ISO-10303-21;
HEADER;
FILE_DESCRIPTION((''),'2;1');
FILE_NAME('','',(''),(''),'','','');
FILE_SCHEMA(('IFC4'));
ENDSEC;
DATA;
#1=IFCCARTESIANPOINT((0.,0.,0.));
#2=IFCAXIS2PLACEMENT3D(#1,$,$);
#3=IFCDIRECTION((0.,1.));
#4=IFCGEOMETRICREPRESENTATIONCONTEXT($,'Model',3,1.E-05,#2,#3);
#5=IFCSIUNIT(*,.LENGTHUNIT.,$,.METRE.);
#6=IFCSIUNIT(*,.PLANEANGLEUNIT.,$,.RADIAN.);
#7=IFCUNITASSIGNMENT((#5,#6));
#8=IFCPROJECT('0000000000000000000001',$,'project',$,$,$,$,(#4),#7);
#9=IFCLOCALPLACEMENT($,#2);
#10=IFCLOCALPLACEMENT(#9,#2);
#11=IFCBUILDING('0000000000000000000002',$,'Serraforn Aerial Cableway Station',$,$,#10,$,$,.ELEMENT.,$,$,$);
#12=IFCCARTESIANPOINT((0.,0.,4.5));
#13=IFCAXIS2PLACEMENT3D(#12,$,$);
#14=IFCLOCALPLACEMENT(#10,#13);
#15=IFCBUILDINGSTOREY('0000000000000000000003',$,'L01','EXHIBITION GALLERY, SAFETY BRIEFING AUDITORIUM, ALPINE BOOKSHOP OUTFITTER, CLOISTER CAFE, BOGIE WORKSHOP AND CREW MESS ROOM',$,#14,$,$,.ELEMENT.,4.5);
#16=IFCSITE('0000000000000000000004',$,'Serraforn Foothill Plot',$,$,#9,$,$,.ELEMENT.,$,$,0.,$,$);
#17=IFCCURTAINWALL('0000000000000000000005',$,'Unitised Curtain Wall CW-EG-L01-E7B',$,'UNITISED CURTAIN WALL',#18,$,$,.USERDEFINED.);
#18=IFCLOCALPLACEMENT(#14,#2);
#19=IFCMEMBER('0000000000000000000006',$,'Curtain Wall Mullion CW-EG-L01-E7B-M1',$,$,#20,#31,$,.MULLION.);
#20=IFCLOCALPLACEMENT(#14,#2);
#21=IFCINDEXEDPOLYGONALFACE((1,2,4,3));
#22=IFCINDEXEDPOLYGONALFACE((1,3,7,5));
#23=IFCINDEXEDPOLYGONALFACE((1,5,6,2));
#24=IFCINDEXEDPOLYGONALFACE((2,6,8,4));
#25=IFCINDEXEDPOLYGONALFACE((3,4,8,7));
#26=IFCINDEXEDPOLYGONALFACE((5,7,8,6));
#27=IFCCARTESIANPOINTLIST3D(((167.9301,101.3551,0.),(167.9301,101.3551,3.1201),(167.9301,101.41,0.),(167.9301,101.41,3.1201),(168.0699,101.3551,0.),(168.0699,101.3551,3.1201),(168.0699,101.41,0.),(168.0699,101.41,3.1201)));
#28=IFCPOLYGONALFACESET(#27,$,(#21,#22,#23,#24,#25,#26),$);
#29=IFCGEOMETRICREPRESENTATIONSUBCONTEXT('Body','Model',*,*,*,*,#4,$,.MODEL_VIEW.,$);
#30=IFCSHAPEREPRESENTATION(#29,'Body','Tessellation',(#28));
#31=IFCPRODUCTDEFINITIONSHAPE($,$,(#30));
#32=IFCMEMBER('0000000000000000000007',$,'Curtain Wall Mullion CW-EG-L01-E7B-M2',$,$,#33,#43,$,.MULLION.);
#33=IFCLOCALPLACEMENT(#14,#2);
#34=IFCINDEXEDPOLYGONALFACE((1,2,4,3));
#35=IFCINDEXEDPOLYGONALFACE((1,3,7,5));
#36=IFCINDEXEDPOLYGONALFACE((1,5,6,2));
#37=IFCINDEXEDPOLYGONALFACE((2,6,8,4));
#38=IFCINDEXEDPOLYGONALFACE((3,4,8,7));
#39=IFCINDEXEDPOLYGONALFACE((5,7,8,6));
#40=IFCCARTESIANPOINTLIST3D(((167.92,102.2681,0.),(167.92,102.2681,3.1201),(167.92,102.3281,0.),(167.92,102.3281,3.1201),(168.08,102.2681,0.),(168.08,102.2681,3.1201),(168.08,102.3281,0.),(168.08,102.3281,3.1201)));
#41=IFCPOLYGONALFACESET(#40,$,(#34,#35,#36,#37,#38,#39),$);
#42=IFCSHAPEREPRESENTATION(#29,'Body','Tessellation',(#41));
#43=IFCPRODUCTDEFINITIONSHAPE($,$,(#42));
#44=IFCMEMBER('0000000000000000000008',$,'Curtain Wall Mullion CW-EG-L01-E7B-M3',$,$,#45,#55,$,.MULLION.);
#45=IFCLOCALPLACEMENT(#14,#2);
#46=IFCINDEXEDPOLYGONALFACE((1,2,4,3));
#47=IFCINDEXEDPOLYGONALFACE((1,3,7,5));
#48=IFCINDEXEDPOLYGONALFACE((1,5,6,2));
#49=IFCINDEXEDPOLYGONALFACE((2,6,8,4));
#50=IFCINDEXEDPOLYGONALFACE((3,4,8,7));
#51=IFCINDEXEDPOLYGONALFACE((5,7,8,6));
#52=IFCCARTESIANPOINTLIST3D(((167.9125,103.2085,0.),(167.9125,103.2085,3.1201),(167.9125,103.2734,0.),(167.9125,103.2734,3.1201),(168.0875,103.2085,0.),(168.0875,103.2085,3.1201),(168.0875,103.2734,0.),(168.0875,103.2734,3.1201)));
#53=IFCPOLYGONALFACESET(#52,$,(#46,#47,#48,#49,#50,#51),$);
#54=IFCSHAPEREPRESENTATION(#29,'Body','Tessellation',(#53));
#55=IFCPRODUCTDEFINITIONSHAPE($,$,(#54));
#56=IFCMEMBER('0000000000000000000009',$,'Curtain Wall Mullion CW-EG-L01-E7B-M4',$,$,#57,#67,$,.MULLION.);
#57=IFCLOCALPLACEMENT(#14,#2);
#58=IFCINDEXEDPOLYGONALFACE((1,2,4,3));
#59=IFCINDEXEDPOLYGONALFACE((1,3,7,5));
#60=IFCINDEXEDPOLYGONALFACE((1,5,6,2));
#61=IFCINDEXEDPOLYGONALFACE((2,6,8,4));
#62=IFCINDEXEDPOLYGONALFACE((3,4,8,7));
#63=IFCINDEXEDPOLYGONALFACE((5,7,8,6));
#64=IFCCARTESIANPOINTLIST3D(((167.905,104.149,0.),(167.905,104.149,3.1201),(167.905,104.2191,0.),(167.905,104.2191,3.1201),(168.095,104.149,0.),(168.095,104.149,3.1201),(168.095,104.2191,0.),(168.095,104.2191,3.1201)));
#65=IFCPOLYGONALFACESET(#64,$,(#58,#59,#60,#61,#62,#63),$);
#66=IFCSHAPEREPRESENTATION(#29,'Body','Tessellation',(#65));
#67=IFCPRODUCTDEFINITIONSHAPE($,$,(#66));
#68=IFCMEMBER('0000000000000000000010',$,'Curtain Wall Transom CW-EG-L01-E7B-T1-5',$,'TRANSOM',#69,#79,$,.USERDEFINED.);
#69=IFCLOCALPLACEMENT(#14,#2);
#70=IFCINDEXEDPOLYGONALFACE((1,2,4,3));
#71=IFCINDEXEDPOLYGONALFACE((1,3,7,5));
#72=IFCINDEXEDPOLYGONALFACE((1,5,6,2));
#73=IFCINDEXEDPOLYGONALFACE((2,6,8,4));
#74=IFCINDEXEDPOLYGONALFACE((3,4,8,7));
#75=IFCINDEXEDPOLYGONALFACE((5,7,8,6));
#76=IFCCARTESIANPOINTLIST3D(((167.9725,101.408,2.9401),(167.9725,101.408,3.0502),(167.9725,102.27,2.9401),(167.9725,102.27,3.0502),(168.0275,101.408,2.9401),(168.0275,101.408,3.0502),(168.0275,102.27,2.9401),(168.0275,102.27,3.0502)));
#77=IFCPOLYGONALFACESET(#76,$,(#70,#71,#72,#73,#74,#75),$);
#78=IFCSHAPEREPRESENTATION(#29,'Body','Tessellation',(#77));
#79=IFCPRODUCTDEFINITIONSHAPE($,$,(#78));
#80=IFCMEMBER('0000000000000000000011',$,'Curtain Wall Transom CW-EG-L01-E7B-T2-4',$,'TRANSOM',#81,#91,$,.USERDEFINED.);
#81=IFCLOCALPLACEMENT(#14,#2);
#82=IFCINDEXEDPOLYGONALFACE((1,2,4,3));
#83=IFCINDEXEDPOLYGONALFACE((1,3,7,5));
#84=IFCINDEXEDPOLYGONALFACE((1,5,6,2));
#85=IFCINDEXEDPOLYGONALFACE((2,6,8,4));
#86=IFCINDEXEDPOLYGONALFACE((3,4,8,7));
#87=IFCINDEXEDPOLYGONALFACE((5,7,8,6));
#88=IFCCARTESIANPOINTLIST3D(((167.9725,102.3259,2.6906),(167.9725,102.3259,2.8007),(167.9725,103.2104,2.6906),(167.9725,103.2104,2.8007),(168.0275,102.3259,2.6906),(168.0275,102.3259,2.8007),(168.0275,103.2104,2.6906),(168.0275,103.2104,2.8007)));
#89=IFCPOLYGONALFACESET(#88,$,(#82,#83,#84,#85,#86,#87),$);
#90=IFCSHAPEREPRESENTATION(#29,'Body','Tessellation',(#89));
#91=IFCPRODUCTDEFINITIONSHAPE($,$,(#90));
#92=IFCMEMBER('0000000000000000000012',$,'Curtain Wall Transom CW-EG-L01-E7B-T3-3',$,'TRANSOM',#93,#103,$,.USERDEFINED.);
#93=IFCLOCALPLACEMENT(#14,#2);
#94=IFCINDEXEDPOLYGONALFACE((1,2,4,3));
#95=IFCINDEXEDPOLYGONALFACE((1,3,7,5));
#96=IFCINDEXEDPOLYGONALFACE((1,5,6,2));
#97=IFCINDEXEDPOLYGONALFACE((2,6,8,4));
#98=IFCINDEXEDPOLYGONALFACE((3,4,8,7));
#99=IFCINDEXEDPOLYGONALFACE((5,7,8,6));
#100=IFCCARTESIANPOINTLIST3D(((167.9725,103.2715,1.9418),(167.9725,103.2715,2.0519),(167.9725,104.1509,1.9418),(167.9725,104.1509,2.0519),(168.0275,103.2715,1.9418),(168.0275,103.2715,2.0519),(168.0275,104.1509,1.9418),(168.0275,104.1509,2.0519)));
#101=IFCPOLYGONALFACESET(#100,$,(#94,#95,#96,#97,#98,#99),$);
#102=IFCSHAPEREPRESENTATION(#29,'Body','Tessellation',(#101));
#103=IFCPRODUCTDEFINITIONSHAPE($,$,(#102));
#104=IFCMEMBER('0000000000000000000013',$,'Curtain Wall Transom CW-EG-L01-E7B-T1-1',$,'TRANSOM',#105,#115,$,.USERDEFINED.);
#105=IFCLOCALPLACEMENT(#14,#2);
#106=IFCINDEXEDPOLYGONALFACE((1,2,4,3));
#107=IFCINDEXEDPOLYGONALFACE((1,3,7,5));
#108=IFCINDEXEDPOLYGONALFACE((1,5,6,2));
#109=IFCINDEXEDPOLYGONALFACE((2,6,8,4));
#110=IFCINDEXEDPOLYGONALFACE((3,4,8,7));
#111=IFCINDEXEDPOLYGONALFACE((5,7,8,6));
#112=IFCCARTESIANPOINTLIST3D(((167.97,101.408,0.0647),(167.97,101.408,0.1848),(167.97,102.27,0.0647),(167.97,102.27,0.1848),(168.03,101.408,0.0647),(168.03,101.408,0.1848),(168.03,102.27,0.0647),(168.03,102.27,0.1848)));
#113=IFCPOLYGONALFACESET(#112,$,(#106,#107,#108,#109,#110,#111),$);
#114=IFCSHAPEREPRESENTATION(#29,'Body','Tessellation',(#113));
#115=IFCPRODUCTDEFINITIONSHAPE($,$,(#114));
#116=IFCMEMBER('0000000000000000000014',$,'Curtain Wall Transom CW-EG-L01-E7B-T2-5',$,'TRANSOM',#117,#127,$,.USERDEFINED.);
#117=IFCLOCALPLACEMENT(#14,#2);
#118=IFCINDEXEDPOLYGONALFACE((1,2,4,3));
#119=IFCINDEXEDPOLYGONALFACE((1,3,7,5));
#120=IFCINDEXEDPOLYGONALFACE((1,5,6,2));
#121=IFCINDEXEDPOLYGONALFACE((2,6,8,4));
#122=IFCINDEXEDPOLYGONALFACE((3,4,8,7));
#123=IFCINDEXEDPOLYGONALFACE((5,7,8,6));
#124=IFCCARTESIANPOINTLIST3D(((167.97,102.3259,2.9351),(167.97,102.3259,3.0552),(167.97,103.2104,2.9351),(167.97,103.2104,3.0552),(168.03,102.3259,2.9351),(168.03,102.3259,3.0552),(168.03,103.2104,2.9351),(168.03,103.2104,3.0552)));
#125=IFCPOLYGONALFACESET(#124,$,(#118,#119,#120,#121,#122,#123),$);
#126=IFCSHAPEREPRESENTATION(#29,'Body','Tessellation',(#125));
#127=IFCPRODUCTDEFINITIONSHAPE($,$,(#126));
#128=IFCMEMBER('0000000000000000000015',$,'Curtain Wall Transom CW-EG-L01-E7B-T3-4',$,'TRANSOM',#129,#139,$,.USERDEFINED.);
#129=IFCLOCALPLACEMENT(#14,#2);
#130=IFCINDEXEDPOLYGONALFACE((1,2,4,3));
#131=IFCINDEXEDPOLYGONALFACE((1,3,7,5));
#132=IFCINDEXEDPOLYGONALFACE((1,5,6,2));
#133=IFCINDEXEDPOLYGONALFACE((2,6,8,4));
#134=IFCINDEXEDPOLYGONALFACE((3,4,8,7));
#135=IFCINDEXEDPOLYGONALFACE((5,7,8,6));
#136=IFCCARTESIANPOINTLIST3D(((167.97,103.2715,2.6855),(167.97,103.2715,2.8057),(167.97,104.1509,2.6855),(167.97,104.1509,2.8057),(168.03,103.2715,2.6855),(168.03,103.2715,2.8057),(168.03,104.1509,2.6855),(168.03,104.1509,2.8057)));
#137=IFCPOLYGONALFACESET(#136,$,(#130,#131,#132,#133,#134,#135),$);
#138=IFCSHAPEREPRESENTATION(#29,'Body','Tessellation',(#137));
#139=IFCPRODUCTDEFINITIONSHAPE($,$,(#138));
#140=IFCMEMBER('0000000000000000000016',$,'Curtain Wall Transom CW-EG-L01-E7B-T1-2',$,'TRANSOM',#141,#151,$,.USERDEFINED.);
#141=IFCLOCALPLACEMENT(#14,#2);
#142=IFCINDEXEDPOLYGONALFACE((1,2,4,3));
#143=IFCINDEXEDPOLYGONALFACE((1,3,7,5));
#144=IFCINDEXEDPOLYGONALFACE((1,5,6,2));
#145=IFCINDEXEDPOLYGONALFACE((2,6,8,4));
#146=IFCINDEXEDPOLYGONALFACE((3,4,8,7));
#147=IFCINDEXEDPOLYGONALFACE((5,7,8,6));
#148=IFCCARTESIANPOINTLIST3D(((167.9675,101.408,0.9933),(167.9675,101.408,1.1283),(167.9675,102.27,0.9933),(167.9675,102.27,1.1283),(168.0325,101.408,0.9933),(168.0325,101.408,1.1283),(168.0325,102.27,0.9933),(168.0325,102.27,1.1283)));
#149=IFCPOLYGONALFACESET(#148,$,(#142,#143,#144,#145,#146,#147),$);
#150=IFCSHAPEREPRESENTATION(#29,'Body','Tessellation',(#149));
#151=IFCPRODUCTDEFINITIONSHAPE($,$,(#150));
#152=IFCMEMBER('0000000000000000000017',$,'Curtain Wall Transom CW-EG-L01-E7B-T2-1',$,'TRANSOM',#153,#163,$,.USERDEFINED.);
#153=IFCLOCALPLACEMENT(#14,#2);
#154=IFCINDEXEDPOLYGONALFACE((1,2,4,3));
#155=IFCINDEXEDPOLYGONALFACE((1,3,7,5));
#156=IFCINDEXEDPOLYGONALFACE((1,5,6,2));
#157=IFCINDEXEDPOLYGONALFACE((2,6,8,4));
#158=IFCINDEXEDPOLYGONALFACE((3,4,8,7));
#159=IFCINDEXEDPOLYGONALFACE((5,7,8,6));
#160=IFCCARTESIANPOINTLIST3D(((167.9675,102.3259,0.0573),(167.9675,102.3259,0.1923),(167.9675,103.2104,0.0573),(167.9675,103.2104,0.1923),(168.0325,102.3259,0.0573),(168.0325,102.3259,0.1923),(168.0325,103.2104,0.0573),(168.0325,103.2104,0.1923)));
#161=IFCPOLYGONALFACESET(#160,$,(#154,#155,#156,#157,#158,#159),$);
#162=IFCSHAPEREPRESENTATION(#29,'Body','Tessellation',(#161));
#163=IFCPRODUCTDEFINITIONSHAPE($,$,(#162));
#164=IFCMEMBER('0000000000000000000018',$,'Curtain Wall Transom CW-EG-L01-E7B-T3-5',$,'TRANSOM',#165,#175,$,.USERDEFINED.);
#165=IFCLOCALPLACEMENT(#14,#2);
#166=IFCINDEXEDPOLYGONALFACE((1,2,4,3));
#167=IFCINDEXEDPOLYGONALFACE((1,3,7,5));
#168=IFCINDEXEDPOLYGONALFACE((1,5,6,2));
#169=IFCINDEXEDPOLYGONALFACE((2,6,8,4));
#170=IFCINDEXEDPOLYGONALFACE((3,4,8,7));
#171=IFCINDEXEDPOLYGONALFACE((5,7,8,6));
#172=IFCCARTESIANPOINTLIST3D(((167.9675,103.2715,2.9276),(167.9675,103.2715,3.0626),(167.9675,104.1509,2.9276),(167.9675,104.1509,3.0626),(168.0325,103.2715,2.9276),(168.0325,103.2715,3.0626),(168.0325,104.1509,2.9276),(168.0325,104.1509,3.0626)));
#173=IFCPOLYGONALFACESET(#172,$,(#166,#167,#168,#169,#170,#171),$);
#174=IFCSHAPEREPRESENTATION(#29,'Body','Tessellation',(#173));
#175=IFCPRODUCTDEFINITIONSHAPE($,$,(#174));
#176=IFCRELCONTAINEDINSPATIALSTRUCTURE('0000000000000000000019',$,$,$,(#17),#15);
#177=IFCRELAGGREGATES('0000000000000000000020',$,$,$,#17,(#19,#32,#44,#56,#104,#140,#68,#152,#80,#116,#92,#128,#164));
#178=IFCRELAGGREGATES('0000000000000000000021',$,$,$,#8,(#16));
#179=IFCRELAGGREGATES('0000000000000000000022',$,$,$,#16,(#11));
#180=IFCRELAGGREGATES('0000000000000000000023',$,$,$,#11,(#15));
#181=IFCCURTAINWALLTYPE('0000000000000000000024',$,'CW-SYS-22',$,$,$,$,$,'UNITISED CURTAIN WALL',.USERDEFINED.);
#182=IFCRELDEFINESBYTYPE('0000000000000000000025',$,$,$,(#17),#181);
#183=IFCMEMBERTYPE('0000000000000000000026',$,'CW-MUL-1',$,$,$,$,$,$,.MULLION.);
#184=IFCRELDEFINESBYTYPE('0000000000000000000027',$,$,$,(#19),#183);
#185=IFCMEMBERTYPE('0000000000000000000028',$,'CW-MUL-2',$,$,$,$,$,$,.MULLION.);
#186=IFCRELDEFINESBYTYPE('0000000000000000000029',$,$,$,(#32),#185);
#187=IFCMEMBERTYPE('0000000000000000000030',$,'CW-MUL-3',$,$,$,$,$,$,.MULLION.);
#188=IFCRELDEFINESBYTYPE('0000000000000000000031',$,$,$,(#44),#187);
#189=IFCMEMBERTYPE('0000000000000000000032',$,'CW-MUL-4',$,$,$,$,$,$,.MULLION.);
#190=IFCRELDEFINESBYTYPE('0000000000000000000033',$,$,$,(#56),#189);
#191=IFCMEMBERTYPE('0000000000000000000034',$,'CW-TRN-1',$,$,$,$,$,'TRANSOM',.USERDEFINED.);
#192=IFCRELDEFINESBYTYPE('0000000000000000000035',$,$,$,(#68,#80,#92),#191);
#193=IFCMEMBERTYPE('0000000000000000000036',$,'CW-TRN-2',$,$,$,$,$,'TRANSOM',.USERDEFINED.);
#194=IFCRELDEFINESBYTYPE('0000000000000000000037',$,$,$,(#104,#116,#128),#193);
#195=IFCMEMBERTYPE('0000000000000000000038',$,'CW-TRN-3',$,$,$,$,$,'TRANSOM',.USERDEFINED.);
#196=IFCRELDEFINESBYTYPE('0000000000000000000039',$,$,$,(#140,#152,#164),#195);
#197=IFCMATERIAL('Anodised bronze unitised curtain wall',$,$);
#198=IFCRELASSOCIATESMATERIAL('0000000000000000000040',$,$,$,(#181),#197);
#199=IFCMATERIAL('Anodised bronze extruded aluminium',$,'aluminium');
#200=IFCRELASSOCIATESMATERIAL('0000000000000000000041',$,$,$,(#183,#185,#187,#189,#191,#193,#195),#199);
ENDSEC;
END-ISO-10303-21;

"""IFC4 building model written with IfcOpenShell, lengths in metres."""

from ifc_helpers import new_model, si_unit, direction, frame, origin, origin_2d, place, context, subcontext, project, spatial, rectangle, extrude, material, material_profile, profile_set, type_object, element, aggregate, save


model = new_model("IFC4")

# Units and contexts
model_context = context("Model", 3, precision=1e-05, world=origin(), true_north=direction((0.0, 1.0)))
body_context = subcontext(model_context, "Body", "Model", "MODEL_VIEW")
ifc_project = project(units=[si_unit("LENGTHUNIT", "METRE"), si_unit("PLANEANGLEUNIT", "RADIAN")], contexts=[model_context])

# Site, building, storey
site_placement = place(None, origin())
site = spatial("IfcSite", under=ifc_project, at=site_placement, Name="Serraforn Foothill Plot", CompositionType="ELEMENT", RefElevation=0.0)
building_placement = place(site_placement, origin())
building = spatial("IfcBuilding", under=site, at=building_placement, Name="Serraforn Aerial Cableway Station", CompositionType="ELEMENT")
storey_placement = place(building_placement, frame((0.0, 0.0, 4.5)))
storey = spatial("IfcBuildingStorey", under=building, at=storey_placement, Name="L01", Description="EXHIBITION GALLERY, SAFETY BRIEFING AUDITORIUM, ALPINE BOOKSHOP OUTFITTER, CLOISTER CAFE, BOGIE WORKSHOP AND CREW MESS ROOM", CompositionType="ELEMENT", Elevation=4.5)

# Curtain wall, members
ifc_material_1 = material(Name="Anodised bronze unitised curtain wall")
curtain_wall_type = type_object("IfcCurtainWallType", Name="CW-SYS-22", ElementType="UNITISED CURTAIN WALL", PredefinedType="USERDEFINED", material=ifc_material_1)
curtain_wall_placement = place(storey_placement, origin())
curtain_wall = element("IfcCurtainWall", 1, at=curtain_wall_placement, inside=storey, type_object=curtain_wall_type, Name="Unitised Curtain Wall CW-EG-L01-E7B", ObjectType="UNITISED CURTAIN WALL", PredefinedType="USERDEFINED")
ifc_material_2 = material(Name="Anodised bronze extruded aluminium", Category="aluminium")
ifc_material_profile_1 = material_profile(ifc_material_2, rectangle(XDim=0.0549, YDim=0.1399, at=origin_2d()), Name="CW MULLION 55x140")
ifc_profile_set_1 = profile_set([ifc_material_profile_1], Name="Anodised bronze extruded aluminium")
member_type_1 = type_object("IfcMemberType", Name="CW-MUL-1", PredefinedType="MULLION", material=ifc_profile_set_1)
member_1_placement = place(storey_placement, frame((168.0, 101.3826, 0.0), z_axis=(0.0, 0.0, 1.0), x_axis=(0.0, 1.0, 0.0)))
member_1 = element("IfcMember", 2, at=member_1_placement, type_object=member_type_1, Name="Curtain Wall Mullion CW-EG-L01-E7B-M1", PredefinedType="MULLION", context=body_context, shape_type="SweptSolid", body=[
    extrude(rectangle(XDim=0.0549, YDim=0.1399, at=origin_2d()), origin(), (0.0, 0.0, 1.0), 3.1201),
])
ifc_material_profile_2 = material_profile(ifc_material_2, rectangle(XDim=0.0601, YDim=0.1599, at=origin_2d()), Name="CW MULLION 60x160")
ifc_profile_set_2 = profile_set([ifc_material_profile_2], Name="Anodised bronze extruded aluminium")
member_type_2 = type_object("IfcMemberType", Name="CW-MUL-2", PredefinedType="MULLION", material=ifc_profile_set_2)
member_2_placement = place(storey_placement, frame((168.0, 102.2981, 0.0), z_axis=(0.0, 0.0, 1.0), x_axis=(0.0, 1.0, 0.0)))
member_2 = element("IfcMember", 3, at=member_2_placement, type_object=member_type_2, Name="Curtain Wall Mullion CW-EG-L01-E7B-M2", PredefinedType="MULLION", context=body_context, shape_type="SweptSolid", body=[
    extrude(rectangle(XDim=0.0601, YDim=0.1599, at=origin_2d()), origin(), (0.0, 0.0, 1.0), 3.1201),
])
ifc_material_profile_3 = material_profile(ifc_material_2, rectangle(XDim=0.0649, YDim=0.175, at=origin_2d()), Name="CW MULLION 65x175")
ifc_profile_set_3 = profile_set([ifc_material_profile_3], Name="Anodised bronze extruded aluminium")
member_type_3 = type_object("IfcMemberType", Name="CW-MUL-3", PredefinedType="MULLION", material=ifc_profile_set_3)
member_3_placement = place(storey_placement, frame((168.0, 103.241, 0.0), z_axis=(0.0, 0.0, 1.0), x_axis=(0.0, 1.0, 0.0)))
member_3 = element("IfcMember", 4, at=member_3_placement, type_object=member_type_3, Name="Curtain Wall Mullion CW-EG-L01-E7B-M3", PredefinedType="MULLION", context=body_context, shape_type="SweptSolid", body=[
    extrude(rectangle(XDim=0.0649, YDim=0.175, at=origin_2d()), origin(), (0.0, 0.0, 1.0), 3.1201),
])
ifc_material_profile_4 = material_profile(ifc_material_2, rectangle(XDim=0.0701, YDim=0.1899, at=origin_2d()), Name="CW MULLION 70x190")
ifc_profile_set_4 = profile_set([ifc_material_profile_4], Name="Anodised bronze extruded aluminium")
member_type_4 = type_object("IfcMemberType", Name="CW-MUL-4", PredefinedType="MULLION", material=ifc_profile_set_4)
member_4_placement = place(storey_placement, frame((168.0, 104.1841, 0.0), z_axis=(0.0, 0.0, 1.0), x_axis=(0.0, 1.0, 0.0)))
member_4 = element("IfcMember", 5, at=member_4_placement, type_object=member_type_4, Name="Curtain Wall Mullion CW-EG-L01-E7B-M4", PredefinedType="MULLION", context=body_context, shape_type="SweptSolid", body=[
    extrude(rectangle(XDim=0.0701, YDim=0.1899, at=origin_2d()), origin(), (0.0, 0.0, 1.0), 3.1201),
])
ifc_material_profile_5 = material_profile(ifc_material_2, rectangle(XDim=0.0549, YDim=0.1101, at=origin_2d()), Name="CW TRANSOM 55x110")
ifc_profile_set_5 = profile_set([ifc_material_profile_5], Name="Anodised bronze extruded aluminium")
member_type_5 = type_object("IfcMemberType", Name="CW-TRN-1", ElementType="TRANSOM", PredefinedType="USERDEFINED", material=ifc_profile_set_5)
member_5_placement = place(storey_placement, frame((168.0, 101.408, 2.9951), z_axis=(0.0, 1.0, 0.0), x_axis=(-1.0, 0.0, 0.0)))
member_5 = element("IfcMember", 6, at=member_5_placement, type_object=member_type_5, Name="Curtain Wall Transom CW-EG-L01-E7B-T1-5", ObjectType="TRANSOM", PredefinedType="USERDEFINED", context=body_context, shape_type="SweptSolid", body=[
    extrude(rectangle(XDim=0.0549, YDim=0.1101, at=origin_2d()), origin(), (0.0, 0.0, 1.0), 0.8621),
])
member_6_placement = place(storey_placement, frame((168.0, 102.3259, 2.7456), z_axis=(0.0, 1.0, 0.0), x_axis=(-1.0, 0.0, 0.0)))
member_6 = element("IfcMember", 7, at=member_6_placement, type_object=member_type_5, Name="Curtain Wall Transom CW-EG-L01-E7B-T2-4", ObjectType="TRANSOM", PredefinedType="USERDEFINED", context=body_context, shape_type="SweptSolid", body=[
    extrude(rectangle(XDim=0.0549, YDim=0.1101, at=origin_2d()), origin(), (0.0, 0.0, 1.0), 0.8845),
])
member_7_placement = place(storey_placement, frame((168.0, 103.2715, 1.9968), z_axis=(0.0, 1.0, 0.0), x_axis=(-1.0, 0.0, 0.0)))
member_7 = element("IfcMember", 8, at=member_7_placement, type_object=member_type_5, Name="Curtain Wall Transom CW-EG-L01-E7B-T3-3", ObjectType="TRANSOM", PredefinedType="USERDEFINED", context=body_context, shape_type="SweptSolid", body=[
    extrude(rectangle(XDim=0.0549, YDim=0.1101, at=origin_2d()), origin(), (0.0, 0.0, 1.0), 0.8794),
])
ifc_material_profile_6 = material_profile(ifc_material_2, rectangle(XDim=0.0601, YDim=0.1201, at=origin_2d()), Name="CW TRANSOM 60x120")
ifc_profile_set_6 = profile_set([ifc_material_profile_6], Name="Anodised bronze extruded aluminium")
member_type_6 = type_object("IfcMemberType", Name="CW-TRN-2", ElementType="TRANSOM", PredefinedType="USERDEFINED", material=ifc_profile_set_6)
member_8_placement = place(storey_placement, frame((168.0, 101.408, 0.1248), z_axis=(0.0, 1.0, 0.0), x_axis=(-1.0, 0.0, 0.0)))
member_8 = element("IfcMember", 9, at=member_8_placement, type_object=member_type_6, Name="Curtain Wall Transom CW-EG-L01-E7B-T1-1", ObjectType="TRANSOM", PredefinedType="USERDEFINED", context=body_context, shape_type="SweptSolid", body=[
    extrude(rectangle(XDim=0.0601, YDim=0.1201, at=origin_2d()), origin(), (0.0, 0.0, 1.0), 0.8621),
])
member_9_placement = place(storey_placement, frame((168.0, 102.3259, 2.9951), z_axis=(0.0, 1.0, 0.0), x_axis=(-1.0, 0.0, 0.0)))
member_9 = element("IfcMember", 10, at=member_9_placement, type_object=member_type_6, Name="Curtain Wall Transom CW-EG-L01-E7B-T2-5", ObjectType="TRANSOM", PredefinedType="USERDEFINED", context=body_context, shape_type="SweptSolid", body=[
    extrude(rectangle(XDim=0.0601, YDim=0.1201, at=origin_2d()), origin(), (0.0, 0.0, 1.0), 0.8845),
])
member_10_placement = place(storey_placement, frame((168.0, 103.2715, 2.7456), z_axis=(0.0, 1.0, 0.0), x_axis=(-1.0, 0.0, 0.0)))
member_10 = element("IfcMember", 11, at=member_10_placement, type_object=member_type_6, Name="Curtain Wall Transom CW-EG-L01-E7B-T3-4", ObjectType="TRANSOM", PredefinedType="USERDEFINED", context=body_context, shape_type="SweptSolid", body=[
    extrude(rectangle(XDim=0.0601, YDim=0.1201, at=origin_2d()), origin(), (0.0, 0.0, 1.0), 0.8794),
])
ifc_material_profile_7 = material_profile(ifc_material_2, rectangle(XDim=0.0649, YDim=0.135, at=origin_2d()), Name="CW TRANSOM 65x135")
ifc_profile_set_7 = profile_set([ifc_material_profile_7], Name="Anodised bronze extruded aluminium")
member_type_7 = type_object("IfcMemberType", Name="CW-TRN-3", ElementType="TRANSOM", PredefinedType="USERDEFINED", material=ifc_profile_set_7)
member_11_placement = place(storey_placement, frame((168.0, 101.408, 1.0608), z_axis=(0.0, 1.0, 0.0), x_axis=(-1.0, 0.0, 0.0)))
member_11 = element("IfcMember", 12, at=member_11_placement, type_object=member_type_7, Name="Curtain Wall Transom CW-EG-L01-E7B-T1-2", ObjectType="TRANSOM", PredefinedType="USERDEFINED", context=body_context, shape_type="SweptSolid", body=[
    extrude(rectangle(XDim=0.0649, YDim=0.135, at=origin_2d()), origin(), (0.0, 0.0, 1.0), 0.8621),
])
member_12_placement = place(storey_placement, frame((168.0, 102.3259, 0.1248), z_axis=(0.0, 1.0, 0.0), x_axis=(-1.0, 0.0, 0.0)))
member_12 = element("IfcMember", 13, at=member_12_placement, type_object=member_type_7, Name="Curtain Wall Transom CW-EG-L01-E7B-T2-1", ObjectType="TRANSOM", PredefinedType="USERDEFINED", context=body_context, shape_type="SweptSolid", body=[
    extrude(rectangle(XDim=0.0649, YDim=0.135, at=origin_2d()), origin(), (0.0, 0.0, 1.0), 0.8845),
])
member_13_placement = place(storey_placement, frame((168.0, 103.2715, 2.9951), z_axis=(0.0, 1.0, 0.0), x_axis=(-1.0, 0.0, 0.0)))
member_13 = element("IfcMember", 14, at=member_13_placement, type_object=member_type_7, Name="Curtain Wall Transom CW-EG-L01-E7B-T3-5", ObjectType="TRANSOM", PredefinedType="USERDEFINED", context=body_context, shape_type="SweptSolid", body=[
    extrude(rectangle(XDim=0.0649, YDim=0.135, at=origin_2d()), origin(), (0.0, 0.0, 1.0), 0.8794),
])
aggregate(curtain_wall, [member_1, member_2, member_3, member_4, member_8, member_11, member_5, member_12, member_6, member_9, member_7, member_10, member_13])

save(model, "model.ifc")
